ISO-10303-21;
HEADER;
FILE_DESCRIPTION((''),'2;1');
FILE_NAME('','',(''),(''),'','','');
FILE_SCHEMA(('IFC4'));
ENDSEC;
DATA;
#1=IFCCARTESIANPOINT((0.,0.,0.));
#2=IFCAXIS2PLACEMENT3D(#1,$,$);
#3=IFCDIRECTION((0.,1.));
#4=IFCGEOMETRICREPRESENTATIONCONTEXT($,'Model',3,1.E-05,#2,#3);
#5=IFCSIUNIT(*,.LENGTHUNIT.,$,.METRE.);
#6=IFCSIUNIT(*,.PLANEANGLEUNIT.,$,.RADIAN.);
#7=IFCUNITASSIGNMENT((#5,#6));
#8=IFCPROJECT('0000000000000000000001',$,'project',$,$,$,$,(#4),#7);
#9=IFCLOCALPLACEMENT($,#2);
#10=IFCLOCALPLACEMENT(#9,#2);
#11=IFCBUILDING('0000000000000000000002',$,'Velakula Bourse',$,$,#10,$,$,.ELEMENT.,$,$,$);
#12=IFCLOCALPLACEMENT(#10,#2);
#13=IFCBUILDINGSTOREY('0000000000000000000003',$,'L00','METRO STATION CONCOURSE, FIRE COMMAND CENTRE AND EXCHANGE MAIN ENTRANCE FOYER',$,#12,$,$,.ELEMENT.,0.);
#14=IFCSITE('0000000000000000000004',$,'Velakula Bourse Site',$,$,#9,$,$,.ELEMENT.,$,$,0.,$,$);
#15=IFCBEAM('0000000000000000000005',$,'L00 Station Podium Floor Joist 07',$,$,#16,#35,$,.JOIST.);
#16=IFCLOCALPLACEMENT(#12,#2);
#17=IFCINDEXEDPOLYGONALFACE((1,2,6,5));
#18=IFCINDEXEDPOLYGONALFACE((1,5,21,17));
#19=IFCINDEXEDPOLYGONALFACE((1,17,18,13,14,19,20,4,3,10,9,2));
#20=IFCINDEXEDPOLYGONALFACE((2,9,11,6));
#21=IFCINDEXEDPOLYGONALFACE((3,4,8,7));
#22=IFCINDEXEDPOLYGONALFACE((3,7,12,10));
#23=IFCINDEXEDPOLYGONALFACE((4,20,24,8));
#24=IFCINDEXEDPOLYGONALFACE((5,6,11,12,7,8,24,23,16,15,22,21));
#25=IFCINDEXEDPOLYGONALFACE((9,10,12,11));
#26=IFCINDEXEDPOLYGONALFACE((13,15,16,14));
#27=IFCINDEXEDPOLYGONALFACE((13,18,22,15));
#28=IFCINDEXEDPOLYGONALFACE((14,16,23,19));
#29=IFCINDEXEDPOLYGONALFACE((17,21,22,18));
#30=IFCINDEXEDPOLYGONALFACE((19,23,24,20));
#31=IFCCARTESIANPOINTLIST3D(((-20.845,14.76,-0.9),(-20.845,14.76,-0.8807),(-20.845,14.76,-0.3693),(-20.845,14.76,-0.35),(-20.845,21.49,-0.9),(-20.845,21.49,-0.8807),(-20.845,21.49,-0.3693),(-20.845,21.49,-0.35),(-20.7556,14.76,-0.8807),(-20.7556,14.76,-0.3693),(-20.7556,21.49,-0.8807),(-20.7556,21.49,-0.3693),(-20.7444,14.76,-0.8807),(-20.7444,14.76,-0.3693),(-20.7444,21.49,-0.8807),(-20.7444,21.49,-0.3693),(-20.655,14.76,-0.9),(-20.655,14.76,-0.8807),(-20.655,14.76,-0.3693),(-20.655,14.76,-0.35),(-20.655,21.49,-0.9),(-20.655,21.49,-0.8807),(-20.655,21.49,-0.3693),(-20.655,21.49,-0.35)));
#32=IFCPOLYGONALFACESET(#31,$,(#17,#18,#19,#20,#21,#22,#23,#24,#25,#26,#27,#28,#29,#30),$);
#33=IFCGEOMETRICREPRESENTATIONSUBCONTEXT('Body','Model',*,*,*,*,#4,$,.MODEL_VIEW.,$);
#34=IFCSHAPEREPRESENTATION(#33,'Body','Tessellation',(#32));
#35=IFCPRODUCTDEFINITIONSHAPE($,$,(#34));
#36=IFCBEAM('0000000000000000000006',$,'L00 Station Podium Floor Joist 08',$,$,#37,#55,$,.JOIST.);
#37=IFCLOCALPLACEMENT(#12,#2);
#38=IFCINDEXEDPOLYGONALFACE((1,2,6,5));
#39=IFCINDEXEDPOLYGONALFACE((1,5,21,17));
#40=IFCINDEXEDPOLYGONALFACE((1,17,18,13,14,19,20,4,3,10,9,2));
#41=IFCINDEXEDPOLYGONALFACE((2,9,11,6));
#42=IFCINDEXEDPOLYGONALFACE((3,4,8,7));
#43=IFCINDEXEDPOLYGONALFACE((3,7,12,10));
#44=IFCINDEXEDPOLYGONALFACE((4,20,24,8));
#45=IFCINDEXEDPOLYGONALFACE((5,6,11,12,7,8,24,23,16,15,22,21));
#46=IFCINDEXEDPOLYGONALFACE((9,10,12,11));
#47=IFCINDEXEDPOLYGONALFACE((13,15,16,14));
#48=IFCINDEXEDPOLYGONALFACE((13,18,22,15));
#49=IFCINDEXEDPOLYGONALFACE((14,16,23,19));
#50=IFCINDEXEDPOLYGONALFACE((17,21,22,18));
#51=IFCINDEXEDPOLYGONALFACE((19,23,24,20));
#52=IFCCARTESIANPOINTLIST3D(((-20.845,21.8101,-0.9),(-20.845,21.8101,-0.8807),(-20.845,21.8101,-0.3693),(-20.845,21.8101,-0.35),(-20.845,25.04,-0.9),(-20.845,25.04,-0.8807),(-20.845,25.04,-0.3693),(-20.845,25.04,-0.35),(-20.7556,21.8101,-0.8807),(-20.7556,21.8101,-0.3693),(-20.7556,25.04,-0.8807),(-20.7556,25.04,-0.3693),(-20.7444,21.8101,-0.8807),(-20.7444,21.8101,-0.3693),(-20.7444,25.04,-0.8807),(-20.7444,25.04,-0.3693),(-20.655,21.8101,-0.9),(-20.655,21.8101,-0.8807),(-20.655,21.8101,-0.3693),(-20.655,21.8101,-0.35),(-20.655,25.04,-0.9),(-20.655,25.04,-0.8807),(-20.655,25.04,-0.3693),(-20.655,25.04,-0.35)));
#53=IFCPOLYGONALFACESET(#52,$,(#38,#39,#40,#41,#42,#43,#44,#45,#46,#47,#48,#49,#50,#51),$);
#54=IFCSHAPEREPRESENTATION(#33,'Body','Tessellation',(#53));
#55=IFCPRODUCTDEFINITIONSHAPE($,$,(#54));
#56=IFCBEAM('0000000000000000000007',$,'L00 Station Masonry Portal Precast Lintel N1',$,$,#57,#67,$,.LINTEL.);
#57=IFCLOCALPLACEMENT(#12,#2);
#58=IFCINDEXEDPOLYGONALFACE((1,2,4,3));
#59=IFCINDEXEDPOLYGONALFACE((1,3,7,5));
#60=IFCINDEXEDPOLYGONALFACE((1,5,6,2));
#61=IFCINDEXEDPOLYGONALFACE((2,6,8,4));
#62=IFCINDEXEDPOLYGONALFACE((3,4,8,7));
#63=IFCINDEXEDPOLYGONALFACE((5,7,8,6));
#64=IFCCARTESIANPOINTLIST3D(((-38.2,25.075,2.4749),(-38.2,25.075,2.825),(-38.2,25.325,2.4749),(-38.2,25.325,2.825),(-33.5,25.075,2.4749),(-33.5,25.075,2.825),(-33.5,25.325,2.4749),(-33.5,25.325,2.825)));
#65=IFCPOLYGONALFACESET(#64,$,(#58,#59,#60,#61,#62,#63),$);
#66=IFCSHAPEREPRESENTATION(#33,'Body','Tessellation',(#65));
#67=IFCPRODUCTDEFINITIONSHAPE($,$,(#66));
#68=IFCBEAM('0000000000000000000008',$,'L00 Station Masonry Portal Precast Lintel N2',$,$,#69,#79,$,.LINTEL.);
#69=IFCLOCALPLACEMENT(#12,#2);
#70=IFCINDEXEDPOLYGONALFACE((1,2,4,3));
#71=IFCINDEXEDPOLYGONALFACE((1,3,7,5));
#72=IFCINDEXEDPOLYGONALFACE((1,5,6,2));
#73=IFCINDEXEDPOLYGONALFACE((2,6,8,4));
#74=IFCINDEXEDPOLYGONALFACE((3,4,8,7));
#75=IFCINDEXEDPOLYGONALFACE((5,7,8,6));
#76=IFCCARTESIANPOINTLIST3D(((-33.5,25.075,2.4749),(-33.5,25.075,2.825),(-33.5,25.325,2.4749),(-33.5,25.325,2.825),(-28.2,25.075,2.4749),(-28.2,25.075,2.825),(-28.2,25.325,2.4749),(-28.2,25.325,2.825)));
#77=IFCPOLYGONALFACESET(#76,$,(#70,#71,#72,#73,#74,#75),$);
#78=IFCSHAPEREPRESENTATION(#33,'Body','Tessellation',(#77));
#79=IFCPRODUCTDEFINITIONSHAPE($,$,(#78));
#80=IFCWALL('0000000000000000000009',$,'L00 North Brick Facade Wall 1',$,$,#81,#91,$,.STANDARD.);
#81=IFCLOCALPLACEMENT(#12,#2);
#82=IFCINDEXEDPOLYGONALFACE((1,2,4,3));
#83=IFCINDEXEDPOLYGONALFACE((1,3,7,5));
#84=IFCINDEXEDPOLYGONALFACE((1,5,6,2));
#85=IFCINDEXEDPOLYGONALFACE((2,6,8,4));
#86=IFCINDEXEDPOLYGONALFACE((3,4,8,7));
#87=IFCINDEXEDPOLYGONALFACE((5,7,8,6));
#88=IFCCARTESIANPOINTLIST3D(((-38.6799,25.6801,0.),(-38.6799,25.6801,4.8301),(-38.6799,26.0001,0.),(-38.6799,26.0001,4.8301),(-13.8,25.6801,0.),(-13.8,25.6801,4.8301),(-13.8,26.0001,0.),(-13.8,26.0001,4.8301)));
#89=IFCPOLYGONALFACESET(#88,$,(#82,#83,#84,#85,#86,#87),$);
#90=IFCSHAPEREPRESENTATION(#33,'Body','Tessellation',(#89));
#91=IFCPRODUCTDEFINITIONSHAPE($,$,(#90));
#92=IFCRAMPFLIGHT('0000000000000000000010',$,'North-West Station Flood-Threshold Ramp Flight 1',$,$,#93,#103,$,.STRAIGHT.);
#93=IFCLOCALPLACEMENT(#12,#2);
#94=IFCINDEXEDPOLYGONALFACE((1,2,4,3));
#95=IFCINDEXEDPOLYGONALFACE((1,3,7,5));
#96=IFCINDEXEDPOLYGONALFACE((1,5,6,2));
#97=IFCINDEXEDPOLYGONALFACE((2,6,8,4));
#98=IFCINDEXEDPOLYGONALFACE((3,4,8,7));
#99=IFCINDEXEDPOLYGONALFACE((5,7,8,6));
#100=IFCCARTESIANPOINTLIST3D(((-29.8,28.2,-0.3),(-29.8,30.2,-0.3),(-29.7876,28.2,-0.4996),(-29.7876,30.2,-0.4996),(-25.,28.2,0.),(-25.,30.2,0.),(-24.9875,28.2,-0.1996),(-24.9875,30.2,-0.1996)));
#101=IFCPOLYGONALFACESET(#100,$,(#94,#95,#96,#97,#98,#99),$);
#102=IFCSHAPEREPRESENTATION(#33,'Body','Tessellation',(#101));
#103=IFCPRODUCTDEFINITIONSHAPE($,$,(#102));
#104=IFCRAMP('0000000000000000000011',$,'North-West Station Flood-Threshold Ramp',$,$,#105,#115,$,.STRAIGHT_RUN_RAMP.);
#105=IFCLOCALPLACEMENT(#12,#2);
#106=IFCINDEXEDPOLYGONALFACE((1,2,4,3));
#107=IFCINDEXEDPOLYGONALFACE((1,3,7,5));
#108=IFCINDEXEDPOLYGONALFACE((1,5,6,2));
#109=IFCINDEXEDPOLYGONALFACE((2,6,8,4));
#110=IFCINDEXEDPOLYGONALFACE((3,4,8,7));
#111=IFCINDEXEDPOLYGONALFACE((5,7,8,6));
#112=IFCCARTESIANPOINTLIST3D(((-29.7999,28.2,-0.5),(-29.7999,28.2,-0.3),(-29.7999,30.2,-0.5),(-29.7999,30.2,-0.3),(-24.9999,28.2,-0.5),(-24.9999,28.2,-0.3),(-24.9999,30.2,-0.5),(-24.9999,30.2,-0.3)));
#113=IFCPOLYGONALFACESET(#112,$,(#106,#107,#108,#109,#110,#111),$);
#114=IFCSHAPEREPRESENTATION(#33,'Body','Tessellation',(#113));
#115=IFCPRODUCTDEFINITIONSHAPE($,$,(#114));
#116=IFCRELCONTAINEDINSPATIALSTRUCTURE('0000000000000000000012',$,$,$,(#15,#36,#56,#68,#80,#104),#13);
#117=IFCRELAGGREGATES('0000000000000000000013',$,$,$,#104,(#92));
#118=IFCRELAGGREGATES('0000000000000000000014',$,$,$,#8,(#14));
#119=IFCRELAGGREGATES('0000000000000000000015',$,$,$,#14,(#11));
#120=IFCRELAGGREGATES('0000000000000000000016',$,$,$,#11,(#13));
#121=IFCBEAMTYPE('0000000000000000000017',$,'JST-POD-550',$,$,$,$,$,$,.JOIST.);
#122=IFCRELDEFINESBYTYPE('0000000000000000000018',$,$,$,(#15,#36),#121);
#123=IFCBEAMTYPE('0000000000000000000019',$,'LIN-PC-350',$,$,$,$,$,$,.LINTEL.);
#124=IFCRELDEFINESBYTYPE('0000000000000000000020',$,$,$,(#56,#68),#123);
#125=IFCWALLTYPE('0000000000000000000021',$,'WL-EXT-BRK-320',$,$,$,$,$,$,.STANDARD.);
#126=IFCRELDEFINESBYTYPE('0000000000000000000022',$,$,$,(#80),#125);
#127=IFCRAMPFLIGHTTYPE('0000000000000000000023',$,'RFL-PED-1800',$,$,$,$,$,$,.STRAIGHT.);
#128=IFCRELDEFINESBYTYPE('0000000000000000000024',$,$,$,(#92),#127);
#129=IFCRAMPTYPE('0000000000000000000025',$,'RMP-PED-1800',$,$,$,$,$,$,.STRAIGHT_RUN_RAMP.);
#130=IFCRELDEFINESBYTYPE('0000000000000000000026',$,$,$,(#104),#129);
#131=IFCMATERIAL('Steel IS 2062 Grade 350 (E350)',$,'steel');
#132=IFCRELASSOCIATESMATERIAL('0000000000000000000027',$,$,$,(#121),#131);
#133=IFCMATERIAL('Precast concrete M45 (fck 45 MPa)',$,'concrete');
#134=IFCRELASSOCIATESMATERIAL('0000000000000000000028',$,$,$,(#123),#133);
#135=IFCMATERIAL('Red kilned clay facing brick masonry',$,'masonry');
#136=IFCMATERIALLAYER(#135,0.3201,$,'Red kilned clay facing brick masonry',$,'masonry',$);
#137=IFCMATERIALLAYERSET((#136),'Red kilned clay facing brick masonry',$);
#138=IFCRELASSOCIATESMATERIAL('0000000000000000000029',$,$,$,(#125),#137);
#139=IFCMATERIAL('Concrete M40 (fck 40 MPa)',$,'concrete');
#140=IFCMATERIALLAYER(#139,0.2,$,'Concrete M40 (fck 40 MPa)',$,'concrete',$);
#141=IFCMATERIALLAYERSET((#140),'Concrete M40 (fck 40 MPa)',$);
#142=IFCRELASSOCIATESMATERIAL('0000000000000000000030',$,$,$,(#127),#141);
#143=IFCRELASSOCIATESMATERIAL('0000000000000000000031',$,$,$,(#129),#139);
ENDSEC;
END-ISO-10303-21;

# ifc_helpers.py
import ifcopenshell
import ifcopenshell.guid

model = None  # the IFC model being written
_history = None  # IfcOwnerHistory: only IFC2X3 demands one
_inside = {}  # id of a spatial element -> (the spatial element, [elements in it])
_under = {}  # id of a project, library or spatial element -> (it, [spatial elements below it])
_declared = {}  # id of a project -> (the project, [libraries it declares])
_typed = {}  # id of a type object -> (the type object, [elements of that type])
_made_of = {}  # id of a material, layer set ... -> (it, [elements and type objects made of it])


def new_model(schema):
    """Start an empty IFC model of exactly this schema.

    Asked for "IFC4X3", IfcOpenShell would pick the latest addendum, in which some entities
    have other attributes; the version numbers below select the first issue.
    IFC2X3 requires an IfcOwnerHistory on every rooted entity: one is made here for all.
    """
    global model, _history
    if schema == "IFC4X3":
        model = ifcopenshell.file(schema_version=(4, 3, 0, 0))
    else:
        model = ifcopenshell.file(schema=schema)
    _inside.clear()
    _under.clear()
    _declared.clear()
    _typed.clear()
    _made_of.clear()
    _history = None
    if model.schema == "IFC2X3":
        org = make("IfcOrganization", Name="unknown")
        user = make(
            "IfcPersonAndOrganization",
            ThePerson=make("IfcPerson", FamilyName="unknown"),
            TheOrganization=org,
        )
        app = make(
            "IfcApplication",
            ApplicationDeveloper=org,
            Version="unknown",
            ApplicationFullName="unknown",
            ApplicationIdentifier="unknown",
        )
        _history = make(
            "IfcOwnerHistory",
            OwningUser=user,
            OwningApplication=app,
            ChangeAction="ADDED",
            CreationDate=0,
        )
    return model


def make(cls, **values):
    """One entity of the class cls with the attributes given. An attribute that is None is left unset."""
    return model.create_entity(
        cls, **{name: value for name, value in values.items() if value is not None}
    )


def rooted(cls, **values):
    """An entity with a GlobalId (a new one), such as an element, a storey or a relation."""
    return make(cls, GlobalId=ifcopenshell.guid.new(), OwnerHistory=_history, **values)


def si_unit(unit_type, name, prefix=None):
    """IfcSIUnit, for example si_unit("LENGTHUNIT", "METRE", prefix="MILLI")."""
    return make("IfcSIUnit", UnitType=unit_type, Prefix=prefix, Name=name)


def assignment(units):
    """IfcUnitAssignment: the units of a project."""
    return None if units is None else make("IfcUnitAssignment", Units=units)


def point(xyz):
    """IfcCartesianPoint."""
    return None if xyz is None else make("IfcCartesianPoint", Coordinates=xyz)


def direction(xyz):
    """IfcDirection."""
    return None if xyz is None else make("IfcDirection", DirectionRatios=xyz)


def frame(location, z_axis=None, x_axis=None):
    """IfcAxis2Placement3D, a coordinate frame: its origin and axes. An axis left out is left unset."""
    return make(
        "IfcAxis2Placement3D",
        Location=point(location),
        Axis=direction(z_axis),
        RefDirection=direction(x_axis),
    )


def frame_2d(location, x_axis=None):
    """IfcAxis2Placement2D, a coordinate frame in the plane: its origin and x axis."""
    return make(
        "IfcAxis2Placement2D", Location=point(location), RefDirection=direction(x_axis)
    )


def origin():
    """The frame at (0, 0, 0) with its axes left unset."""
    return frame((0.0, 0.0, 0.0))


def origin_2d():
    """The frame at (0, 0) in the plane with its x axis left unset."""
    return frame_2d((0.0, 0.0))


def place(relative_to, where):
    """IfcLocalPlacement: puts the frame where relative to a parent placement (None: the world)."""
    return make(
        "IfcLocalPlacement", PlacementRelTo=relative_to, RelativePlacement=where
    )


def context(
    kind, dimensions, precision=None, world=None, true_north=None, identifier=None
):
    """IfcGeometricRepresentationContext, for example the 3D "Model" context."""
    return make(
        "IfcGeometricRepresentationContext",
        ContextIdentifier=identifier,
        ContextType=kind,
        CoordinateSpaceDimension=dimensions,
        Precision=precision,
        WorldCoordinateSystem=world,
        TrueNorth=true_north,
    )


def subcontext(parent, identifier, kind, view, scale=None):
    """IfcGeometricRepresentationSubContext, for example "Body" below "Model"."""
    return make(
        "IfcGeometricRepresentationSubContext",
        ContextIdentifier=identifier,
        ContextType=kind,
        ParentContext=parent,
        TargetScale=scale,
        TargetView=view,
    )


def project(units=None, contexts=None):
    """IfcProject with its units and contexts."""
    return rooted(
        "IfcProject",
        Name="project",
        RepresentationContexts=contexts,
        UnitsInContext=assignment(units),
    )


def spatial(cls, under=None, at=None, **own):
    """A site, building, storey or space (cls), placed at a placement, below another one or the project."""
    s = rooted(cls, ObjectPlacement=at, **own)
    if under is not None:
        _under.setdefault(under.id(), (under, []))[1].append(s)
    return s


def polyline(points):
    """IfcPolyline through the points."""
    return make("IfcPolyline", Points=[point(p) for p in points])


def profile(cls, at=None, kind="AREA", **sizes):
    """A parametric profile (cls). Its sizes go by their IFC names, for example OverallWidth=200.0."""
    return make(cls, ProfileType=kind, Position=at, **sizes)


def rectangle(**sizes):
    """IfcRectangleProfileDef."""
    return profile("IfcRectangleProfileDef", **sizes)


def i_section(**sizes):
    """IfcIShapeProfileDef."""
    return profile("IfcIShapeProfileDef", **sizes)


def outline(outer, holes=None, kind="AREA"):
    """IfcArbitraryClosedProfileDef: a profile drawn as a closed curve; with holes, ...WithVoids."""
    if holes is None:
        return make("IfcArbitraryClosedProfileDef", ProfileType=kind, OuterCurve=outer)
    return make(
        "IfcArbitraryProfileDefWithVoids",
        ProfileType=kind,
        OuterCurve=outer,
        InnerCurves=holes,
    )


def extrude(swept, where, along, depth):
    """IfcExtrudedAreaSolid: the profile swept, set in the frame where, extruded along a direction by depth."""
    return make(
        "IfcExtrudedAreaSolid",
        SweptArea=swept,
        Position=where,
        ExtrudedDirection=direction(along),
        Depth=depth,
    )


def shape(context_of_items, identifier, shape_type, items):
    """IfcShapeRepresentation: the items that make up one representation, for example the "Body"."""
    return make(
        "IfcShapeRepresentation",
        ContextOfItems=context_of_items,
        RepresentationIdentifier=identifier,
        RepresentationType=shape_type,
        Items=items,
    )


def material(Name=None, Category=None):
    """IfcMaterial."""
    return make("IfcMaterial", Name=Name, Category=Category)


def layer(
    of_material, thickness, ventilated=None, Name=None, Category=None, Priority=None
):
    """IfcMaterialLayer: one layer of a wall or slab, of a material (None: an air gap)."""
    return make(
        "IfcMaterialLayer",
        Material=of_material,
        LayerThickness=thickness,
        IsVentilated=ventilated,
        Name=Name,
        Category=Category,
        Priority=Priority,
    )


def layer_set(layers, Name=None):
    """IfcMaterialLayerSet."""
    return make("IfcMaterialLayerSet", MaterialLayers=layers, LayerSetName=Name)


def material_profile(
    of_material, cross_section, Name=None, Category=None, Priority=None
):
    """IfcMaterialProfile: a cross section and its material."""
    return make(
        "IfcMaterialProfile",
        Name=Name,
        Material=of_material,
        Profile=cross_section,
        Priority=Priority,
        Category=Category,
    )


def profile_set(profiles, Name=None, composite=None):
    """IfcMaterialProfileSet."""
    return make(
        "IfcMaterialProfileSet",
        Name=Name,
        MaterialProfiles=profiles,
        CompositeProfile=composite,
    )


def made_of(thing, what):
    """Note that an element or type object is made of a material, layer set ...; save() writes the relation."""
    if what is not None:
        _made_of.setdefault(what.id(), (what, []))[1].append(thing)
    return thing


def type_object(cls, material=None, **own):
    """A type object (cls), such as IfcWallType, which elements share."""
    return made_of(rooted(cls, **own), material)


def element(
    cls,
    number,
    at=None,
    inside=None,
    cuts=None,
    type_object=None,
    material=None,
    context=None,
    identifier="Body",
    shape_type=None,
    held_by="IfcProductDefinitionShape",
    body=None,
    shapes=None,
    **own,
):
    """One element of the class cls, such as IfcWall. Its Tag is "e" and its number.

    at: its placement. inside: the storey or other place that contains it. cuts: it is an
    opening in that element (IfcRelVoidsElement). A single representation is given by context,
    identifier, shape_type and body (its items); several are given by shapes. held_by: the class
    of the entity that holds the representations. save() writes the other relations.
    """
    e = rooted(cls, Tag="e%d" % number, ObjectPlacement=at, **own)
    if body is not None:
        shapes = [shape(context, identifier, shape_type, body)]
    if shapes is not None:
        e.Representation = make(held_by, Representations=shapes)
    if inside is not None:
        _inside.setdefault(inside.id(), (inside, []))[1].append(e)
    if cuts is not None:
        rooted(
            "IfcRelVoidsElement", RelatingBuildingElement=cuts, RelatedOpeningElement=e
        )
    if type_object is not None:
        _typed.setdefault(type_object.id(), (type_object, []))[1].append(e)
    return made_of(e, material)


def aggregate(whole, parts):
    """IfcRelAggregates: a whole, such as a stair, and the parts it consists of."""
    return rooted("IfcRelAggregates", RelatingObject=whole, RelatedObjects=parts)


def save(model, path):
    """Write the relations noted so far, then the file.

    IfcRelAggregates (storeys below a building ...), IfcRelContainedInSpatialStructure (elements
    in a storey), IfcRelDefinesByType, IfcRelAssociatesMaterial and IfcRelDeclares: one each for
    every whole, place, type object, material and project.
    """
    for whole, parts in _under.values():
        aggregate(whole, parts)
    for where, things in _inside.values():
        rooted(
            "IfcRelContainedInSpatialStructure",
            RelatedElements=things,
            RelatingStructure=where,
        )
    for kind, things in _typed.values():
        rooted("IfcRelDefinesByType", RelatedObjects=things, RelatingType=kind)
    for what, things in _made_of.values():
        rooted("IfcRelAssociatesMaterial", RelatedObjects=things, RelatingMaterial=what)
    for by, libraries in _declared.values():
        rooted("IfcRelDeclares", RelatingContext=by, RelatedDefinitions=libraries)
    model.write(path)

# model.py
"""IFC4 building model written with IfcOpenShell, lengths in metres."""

from ifc_helpers import new_model, si_unit, direction, frame, frame_2d, origin, origin_2d, place, context, subcontext, project, spatial, polyline, rectangle, i_section, outline, extrude, material, layer, layer_set, material_profile, profile_set, type_object, element, aggregate, save


model = new_model("IFC4")

# Units and contexts
model_context = context("Model", 3, precision=1e-05, world=origin(), true_north=direction((0.0, 1.0)))
body_context = subcontext(model_context, "Body", "Model", "MODEL_VIEW")
ifc_project = project(units=[si_unit("LENGTHUNIT", "METRE"), si_unit("PLANEANGLEUNIT", "RADIAN")], contexts=[model_context])

# Site, building, storey
site_placement = place(None, origin())
site = spatial("IfcSite", under=ifc_project, at=site_placement, Name="Velakula Bourse Site", CompositionType="ELEMENT", RefElevation=0.0)
building_placement = place(site_placement, origin())
building = spatial("IfcBuilding", under=site, at=building_placement, Name="Velakula Bourse", CompositionType="ELEMENT")
storey_placement = place(building_placement, origin())
storey = spatial("IfcBuildingStorey", under=building, at=storey_placement, Name="L00", Description="METRO STATION CONCOURSE, FIRE COMMAND CENTRE AND EXCHANGE MAIN ENTRANCE FOYER", CompositionType="ELEMENT", Elevation=0.0)

# Beams
ifc_material_1 = material(Name="Steel IS 2062 Grade 350 (E350)", Category="steel")
ifc_material_profile_1 = material_profile(ifc_material_1, i_section(OverallWidth=0.1899, OverallDepth=0.55, WebThickness=0.0112, FlangeThickness=0.0193, at=origin_2d()), Name="Steel IS 2062 Grade 350 (E350)")
ifc_profile_set_1 = profile_set([ifc_material_profile_1], Name="Steel IS 2062 Grade 350 (E350)")
beam_type_1 = type_object("IfcBeamType", Name="JST-POD-550", PredefinedType="JOIST", material=ifc_profile_set_1)
beam_1_placement = place(storey_placement, frame((-20.75, 14.76, -0.625), z_axis=(0.0, 1.0, 0.0), x_axis=(-1.0, 0.0, 0.0)))
element("IfcBeam", 1, at=beam_1_placement, inside=storey, type_object=beam_type_1, Name="L00 Station Podium Floor Joist 07", PredefinedType="JOIST", context=body_context, shape_type="SweptSolid", body=[
    extrude(i_section(OverallWidth=0.1899, OverallDepth=0.55, WebThickness=0.0112, FlangeThickness=0.0193, at=origin_2d()), origin(), (0.0, 0.0, 1.0), 6.73),
])
beam_2_placement = place(storey_placement, frame((-20.75, 21.8101, -0.625), z_axis=(0.0, 1.0, 0.0), x_axis=(-1.0, 0.0, 0.0)))
element("IfcBeam", 2, at=beam_2_placement, inside=storey, type_object=beam_type_1, Name="L00 Station Podium Floor Joist 08", PredefinedType="JOIST", context=body_context, shape_type="SweptSolid", body=[
    extrude(i_section(OverallWidth=0.1899, OverallDepth=0.55, WebThickness=0.0112, FlangeThickness=0.0193, at=origin_2d()), origin(), (0.0, 0.0, 1.0), 3.23),
])
ifc_material_2 = material(Name="Precast concrete M45 (fck 45 MPa)", Category="concrete")
ifc_material_profile_2 = material_profile(ifc_material_2, rectangle(XDim=0.25, YDim=0.3501, at=origin_2d()), Name="Precast concrete M45 (fck 45 MPa)")
ifc_profile_set_2 = profile_set([ifc_material_profile_2], Name="Precast concrete M45 (fck 45 MPa)")
beam_type_2 = type_object("IfcBeamType", Name="LIN-PC-350", PredefinedType="LINTEL", material=ifc_profile_set_2)
beam_3_placement = place(storey_placement, frame((-38.2, 25.2, 2.6499), z_axis=(1.0, 0.0, 0.0), x_axis=(0.0, 1.0, 0.0)))
element("IfcBeam", 3, at=beam_3_placement, inside=storey, type_object=beam_type_2, Name="L00 Station Masonry Portal Precast Lintel N1", PredefinedType="LINTEL", context=body_context, shape_type="SweptSolid", body=[
    extrude(rectangle(XDim=0.25, YDim=0.3501, at=origin_2d()), origin(), (0.0, 0.0, 1.0), 4.7),
])
beam_4_placement = place(storey_placement, frame((-33.5, 25.2, 2.6499), z_axis=(1.0, 0.0, 0.0), x_axis=(0.0, 1.0, 0.0)))
element("IfcBeam", 4, at=beam_4_placement, inside=storey, type_object=beam_type_2, Name="L00 Station Masonry Portal Precast Lintel N2", PredefinedType="LINTEL", context=body_context, shape_type="SweptSolid", body=[
    extrude(rectangle(XDim=0.25, YDim=0.3501, at=origin_2d()), origin(), (0.0, 0.0, 1.0), 5.3),
])

# Wall
ifc_material_3 = material(Name="Red kilned clay facing brick masonry", Category="masonry")
ifc_layer_1 = layer(ifc_material_3, 0.3201, Name="Red kilned clay facing brick masonry", Category="masonry")
ifc_layer_set_1 = layer_set([ifc_layer_1], Name="Red kilned clay facing brick masonry")
wall_type = type_object("IfcWallType", Name="WL-EXT-BRK-320", PredefinedType="STANDARD", material=ifc_layer_set_1)
wall_placement = place(storey_placement, frame((-38.6799, 25.8401, 0.0), z_axis=(0.0, 0.0, 1.0), x_axis=(1.0, 0.0, 0.0)))
element("IfcWall", 5, at=wall_placement, inside=storey, type_object=wall_type, Name="L00 North Brick Facade Wall 1", PredefinedType="STANDARD", context=body_context, shape_type="SweptSolid", body=[
    extrude(rectangle(XDim=24.8799, YDim=0.3201, at=frame_2d((12.4399, 0.0))), origin(), (0.0, 0.0, 1.0), 4.8301),
])

# Ramp flight
ifc_material_4 = material(Name="Concrete M40 (fck 40 MPa)", Category="concrete")
ifc_layer_2 = layer(ifc_material_4, 0.2, Name="Concrete M40 (fck 40 MPa)", Category="concrete")
ifc_layer_set_2 = layer_set([ifc_layer_2], Name="Concrete M40 (fck 40 MPa)")
ramp_flight_type = type_object("IfcRampFlightType", Name="RFL-PED-1800", PredefinedType="STRAIGHT", material=ifc_layer_set_2)
ramp_flight_placement = place(storey_placement, frame((-29.8, 28.2, -0.3), z_axis=(-0.062388, 0.0, 0.998052), x_axis=(0.998052, 0.0, 0.062388)))
ramp_flight = element("IfcRampFlight", 6, at=ramp_flight_placement, type_object=ramp_flight_type, Name="North-West Station Flood-Threshold Ramp Flight 1", PredefinedType="STRAIGHT", context=body_context, shape_type="SweptSolid", body=[
    extrude(outline(polyline([(0.0, 0.0), (4.8094, 0.0), (4.8094, 2.0), (0.0, 2.0), (0.0, 0.0)])), origin(), (0.0, 0.0, -1.0), 0.2),
])

# Ramp
ramp_type = type_object("IfcRampType", Name="RMP-PED-1800", PredefinedType="STRAIGHT_RUN_RAMP", material=ifc_material_4)
ramp_placement = place(storey_placement, frame((-27.3999, 29.2, -0.5), z_axis=(0.0, 0.0, 1.0), x_axis=(1.0, 0.0, 0.0)))
ramp = element("IfcRamp", 7, at=ramp_placement, inside=storey, type_object=ramp_type, Name="North-West Station Flood-Threshold Ramp", PredefinedType="STRAIGHT_RUN_RAMP", context=body_context, shape_type="SweptSolid", body=[
    extrude(rectangle(XDim=4.8, YDim=2.0, at=origin_2d()), origin(), (0.0, 0.0, 1.0), 0.2),
])
aggregate(ramp, [ramp_flight])

save(model, "model.ifc")
